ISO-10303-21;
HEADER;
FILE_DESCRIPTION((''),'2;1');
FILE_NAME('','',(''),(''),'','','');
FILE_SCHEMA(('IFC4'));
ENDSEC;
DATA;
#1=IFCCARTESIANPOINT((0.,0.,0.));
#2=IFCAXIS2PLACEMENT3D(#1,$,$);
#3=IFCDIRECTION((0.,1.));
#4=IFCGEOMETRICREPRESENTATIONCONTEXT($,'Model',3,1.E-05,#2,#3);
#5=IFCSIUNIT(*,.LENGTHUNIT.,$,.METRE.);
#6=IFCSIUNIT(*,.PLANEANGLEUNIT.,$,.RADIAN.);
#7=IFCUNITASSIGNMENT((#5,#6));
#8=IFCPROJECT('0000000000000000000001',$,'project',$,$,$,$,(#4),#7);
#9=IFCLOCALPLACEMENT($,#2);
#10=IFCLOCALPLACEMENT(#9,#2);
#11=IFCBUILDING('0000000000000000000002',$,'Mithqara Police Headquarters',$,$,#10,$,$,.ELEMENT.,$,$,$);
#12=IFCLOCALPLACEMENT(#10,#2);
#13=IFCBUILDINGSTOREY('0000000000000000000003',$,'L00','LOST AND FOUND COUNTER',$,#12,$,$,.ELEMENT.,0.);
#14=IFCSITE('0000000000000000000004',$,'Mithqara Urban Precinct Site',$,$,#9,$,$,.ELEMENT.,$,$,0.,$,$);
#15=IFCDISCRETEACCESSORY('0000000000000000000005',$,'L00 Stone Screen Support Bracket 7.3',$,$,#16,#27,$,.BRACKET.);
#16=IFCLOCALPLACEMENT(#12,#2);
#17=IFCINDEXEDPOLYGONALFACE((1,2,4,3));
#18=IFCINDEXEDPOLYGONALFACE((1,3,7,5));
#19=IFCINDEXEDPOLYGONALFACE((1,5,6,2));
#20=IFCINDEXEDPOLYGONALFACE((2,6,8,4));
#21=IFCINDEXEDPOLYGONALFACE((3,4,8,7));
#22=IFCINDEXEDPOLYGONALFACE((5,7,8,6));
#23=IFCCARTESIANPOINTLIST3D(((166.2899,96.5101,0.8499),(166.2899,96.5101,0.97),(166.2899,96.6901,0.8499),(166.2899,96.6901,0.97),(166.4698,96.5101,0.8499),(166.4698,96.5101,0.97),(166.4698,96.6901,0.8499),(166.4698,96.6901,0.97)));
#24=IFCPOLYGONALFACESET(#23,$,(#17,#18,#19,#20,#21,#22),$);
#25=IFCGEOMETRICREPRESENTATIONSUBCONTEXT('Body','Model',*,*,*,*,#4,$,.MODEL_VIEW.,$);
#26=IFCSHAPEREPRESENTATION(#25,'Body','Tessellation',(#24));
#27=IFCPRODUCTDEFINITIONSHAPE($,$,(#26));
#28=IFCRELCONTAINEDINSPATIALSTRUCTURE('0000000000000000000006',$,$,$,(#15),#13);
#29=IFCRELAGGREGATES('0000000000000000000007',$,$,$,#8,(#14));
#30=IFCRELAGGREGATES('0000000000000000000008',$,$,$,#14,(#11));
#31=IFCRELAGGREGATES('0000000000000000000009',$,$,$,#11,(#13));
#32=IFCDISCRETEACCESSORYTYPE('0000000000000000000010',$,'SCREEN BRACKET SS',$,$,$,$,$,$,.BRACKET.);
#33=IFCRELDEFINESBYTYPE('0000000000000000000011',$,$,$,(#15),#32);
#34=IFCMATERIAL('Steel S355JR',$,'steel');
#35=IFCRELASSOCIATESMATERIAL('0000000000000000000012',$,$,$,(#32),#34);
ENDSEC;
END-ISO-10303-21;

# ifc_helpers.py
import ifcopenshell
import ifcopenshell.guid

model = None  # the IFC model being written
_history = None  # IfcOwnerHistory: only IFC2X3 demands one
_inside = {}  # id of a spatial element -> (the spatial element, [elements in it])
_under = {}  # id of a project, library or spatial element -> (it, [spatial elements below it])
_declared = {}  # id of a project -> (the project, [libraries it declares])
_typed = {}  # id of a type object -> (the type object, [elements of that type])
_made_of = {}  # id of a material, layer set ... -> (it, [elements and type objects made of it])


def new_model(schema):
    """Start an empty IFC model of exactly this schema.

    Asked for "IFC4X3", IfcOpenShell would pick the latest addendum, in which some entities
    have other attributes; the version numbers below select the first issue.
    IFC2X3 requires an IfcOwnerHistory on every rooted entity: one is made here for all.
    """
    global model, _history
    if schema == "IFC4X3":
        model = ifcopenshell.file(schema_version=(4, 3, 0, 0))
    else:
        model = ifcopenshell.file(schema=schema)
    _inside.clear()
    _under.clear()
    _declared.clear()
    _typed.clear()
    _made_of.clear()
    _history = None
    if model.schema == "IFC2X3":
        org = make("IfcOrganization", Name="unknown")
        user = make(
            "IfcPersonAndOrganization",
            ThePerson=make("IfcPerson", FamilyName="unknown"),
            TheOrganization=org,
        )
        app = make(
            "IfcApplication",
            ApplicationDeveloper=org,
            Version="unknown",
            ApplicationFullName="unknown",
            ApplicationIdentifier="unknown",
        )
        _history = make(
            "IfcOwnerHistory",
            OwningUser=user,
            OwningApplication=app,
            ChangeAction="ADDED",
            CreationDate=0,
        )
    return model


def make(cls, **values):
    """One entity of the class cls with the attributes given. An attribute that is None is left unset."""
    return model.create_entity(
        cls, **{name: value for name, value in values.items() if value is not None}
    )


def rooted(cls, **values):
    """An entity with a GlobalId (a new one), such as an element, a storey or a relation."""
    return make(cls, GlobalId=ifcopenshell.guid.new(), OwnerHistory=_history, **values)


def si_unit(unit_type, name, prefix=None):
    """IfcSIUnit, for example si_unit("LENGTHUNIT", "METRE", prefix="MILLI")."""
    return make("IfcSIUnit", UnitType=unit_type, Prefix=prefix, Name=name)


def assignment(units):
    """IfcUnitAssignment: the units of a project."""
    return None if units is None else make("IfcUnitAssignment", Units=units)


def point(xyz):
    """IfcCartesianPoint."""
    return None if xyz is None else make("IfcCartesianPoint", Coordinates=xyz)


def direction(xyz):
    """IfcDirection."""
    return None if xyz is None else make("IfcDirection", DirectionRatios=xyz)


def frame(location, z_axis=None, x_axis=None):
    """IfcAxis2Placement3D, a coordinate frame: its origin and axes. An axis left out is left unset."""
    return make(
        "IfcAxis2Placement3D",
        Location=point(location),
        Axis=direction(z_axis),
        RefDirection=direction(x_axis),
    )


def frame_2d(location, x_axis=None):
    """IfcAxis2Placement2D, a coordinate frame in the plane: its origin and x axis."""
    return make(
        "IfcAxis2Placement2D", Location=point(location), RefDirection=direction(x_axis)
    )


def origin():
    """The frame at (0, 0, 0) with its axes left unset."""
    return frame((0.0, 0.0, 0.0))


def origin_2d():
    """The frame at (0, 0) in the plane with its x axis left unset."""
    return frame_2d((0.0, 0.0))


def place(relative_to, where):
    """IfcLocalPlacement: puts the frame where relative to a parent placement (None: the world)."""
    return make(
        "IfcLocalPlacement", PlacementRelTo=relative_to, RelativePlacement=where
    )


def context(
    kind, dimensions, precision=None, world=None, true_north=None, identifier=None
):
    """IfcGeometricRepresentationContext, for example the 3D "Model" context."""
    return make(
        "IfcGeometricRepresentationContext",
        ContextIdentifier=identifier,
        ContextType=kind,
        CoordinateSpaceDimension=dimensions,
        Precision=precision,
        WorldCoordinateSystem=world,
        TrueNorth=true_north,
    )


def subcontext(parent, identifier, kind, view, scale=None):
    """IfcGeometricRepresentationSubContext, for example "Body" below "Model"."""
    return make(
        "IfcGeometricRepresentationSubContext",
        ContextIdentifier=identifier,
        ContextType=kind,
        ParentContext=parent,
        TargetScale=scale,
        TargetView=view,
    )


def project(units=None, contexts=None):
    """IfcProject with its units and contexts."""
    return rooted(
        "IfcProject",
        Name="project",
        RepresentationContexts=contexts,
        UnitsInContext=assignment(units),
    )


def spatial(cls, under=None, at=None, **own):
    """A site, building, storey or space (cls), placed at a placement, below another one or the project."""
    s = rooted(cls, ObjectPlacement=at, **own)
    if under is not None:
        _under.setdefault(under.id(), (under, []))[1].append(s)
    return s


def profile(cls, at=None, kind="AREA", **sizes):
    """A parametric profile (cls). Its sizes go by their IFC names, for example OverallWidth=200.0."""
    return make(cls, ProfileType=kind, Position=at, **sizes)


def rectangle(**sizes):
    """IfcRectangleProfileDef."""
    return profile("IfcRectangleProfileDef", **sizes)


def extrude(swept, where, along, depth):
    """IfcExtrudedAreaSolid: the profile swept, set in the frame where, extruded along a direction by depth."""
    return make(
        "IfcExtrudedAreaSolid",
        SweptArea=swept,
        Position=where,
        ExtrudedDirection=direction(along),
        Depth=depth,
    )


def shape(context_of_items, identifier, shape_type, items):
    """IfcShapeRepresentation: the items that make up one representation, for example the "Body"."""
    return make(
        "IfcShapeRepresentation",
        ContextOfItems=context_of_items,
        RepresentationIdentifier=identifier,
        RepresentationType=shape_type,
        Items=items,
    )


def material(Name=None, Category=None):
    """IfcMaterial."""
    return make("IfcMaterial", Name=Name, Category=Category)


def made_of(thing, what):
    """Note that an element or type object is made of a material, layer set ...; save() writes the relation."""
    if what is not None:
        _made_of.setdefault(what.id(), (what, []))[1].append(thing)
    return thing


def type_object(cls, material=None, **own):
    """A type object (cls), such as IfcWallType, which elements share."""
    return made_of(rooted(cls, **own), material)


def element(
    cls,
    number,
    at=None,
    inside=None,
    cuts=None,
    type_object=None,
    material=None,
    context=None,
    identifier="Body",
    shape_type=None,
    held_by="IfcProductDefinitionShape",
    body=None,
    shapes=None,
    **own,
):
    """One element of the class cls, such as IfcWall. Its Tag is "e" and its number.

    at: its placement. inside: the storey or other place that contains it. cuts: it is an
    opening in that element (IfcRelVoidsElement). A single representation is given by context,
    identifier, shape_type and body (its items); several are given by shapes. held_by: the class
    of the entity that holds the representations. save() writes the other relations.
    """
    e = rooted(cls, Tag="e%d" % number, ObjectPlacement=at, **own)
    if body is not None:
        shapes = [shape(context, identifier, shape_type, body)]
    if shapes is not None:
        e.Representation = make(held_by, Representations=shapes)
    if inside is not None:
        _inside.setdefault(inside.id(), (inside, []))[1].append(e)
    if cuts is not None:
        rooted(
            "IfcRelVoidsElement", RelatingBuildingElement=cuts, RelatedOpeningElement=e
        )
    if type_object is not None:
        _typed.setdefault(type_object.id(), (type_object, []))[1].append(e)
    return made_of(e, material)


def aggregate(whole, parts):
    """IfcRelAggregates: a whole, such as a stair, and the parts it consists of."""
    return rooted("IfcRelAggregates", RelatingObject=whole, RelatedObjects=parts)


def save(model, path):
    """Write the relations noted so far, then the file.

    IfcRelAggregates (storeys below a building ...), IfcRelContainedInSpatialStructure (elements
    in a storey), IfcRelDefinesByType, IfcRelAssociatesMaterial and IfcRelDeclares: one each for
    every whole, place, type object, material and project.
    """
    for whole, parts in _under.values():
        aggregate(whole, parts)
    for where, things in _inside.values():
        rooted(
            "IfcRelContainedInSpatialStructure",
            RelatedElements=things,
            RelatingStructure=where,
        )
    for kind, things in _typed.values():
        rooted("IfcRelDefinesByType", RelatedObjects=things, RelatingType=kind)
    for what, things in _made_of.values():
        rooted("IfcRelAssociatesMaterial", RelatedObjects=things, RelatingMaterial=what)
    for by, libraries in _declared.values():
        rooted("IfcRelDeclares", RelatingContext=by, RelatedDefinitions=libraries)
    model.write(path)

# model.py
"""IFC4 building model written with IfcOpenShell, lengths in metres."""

from ifc_helpers import new_model, si_unit, direction, frame, origin, origin_2d, place, context, subcontext, project, spatial, rectangle, extrude, material, type_object, element, save


model = new_model("IFC4")

# Units and contexts
model_context = context("Model", 3, precision=1e-05, world=origin(), true_north=direction((0.0, 1.0)))
body_context = subcontext(model_context, "Body", "Model", "MODEL_VIEW")
ifc_project = project(units=[si_unit("LENGTHUNIT", "METRE"), si_unit("PLANEANGLEUNIT", "RADIAN")], contexts=[model_context])

# Site, building, storey
site_placement = place(None, origin())
site = spatial("IfcSite", under=ifc_project, at=site_placement, Name="Mithqara Urban Precinct Site", CompositionType="ELEMENT", RefElevation=0.0)
building_placement = place(site_placement, origin())
building = spatial("IfcBuilding", under=site, at=building_placement, Name="Mithqara Police Headquarters", CompositionType="ELEMENT")
storey_placement = place(building_placement, origin())
storey = spatial("IfcBuildingStorey", under=building, at=storey_placement, Name="L00", Description="LOST AND FOUND COUNTER", CompositionType="ELEMENT", Elevation=0.0)

# Shared definitions
ifc_material_1 = material(Name="Steel S355JR", Category="steel")

# Discrete accessory
discrete_accessory_type = type_object("IfcDiscreteAccessoryType", Name="SCREEN BRACKET SS", PredefinedType="BRACKET", material=ifc_material_1)
discrete_accessory_placement = place(storey_placement, frame((166.3799, 96.6001, 0.8499), z_axis=(0.0, 0.0, 1.0), x_axis=(0.0, 1.0, 0.0)))
element("IfcDiscreteAccessory", 1, at=discrete_accessory_placement, inside=storey, type_object=discrete_accessory_type, Name="L00 Stone Screen Support Bracket 7.3", PredefinedType="BRACKET", context=body_context, shape_type="SweptSolid", body=[
    extrude(rectangle(XDim=0.1799, YDim=0.1799, at=origin_2d()), origin(), (0.0, 0.0, 1.0), 0.1201),
])

save(model, "model.ifc")
